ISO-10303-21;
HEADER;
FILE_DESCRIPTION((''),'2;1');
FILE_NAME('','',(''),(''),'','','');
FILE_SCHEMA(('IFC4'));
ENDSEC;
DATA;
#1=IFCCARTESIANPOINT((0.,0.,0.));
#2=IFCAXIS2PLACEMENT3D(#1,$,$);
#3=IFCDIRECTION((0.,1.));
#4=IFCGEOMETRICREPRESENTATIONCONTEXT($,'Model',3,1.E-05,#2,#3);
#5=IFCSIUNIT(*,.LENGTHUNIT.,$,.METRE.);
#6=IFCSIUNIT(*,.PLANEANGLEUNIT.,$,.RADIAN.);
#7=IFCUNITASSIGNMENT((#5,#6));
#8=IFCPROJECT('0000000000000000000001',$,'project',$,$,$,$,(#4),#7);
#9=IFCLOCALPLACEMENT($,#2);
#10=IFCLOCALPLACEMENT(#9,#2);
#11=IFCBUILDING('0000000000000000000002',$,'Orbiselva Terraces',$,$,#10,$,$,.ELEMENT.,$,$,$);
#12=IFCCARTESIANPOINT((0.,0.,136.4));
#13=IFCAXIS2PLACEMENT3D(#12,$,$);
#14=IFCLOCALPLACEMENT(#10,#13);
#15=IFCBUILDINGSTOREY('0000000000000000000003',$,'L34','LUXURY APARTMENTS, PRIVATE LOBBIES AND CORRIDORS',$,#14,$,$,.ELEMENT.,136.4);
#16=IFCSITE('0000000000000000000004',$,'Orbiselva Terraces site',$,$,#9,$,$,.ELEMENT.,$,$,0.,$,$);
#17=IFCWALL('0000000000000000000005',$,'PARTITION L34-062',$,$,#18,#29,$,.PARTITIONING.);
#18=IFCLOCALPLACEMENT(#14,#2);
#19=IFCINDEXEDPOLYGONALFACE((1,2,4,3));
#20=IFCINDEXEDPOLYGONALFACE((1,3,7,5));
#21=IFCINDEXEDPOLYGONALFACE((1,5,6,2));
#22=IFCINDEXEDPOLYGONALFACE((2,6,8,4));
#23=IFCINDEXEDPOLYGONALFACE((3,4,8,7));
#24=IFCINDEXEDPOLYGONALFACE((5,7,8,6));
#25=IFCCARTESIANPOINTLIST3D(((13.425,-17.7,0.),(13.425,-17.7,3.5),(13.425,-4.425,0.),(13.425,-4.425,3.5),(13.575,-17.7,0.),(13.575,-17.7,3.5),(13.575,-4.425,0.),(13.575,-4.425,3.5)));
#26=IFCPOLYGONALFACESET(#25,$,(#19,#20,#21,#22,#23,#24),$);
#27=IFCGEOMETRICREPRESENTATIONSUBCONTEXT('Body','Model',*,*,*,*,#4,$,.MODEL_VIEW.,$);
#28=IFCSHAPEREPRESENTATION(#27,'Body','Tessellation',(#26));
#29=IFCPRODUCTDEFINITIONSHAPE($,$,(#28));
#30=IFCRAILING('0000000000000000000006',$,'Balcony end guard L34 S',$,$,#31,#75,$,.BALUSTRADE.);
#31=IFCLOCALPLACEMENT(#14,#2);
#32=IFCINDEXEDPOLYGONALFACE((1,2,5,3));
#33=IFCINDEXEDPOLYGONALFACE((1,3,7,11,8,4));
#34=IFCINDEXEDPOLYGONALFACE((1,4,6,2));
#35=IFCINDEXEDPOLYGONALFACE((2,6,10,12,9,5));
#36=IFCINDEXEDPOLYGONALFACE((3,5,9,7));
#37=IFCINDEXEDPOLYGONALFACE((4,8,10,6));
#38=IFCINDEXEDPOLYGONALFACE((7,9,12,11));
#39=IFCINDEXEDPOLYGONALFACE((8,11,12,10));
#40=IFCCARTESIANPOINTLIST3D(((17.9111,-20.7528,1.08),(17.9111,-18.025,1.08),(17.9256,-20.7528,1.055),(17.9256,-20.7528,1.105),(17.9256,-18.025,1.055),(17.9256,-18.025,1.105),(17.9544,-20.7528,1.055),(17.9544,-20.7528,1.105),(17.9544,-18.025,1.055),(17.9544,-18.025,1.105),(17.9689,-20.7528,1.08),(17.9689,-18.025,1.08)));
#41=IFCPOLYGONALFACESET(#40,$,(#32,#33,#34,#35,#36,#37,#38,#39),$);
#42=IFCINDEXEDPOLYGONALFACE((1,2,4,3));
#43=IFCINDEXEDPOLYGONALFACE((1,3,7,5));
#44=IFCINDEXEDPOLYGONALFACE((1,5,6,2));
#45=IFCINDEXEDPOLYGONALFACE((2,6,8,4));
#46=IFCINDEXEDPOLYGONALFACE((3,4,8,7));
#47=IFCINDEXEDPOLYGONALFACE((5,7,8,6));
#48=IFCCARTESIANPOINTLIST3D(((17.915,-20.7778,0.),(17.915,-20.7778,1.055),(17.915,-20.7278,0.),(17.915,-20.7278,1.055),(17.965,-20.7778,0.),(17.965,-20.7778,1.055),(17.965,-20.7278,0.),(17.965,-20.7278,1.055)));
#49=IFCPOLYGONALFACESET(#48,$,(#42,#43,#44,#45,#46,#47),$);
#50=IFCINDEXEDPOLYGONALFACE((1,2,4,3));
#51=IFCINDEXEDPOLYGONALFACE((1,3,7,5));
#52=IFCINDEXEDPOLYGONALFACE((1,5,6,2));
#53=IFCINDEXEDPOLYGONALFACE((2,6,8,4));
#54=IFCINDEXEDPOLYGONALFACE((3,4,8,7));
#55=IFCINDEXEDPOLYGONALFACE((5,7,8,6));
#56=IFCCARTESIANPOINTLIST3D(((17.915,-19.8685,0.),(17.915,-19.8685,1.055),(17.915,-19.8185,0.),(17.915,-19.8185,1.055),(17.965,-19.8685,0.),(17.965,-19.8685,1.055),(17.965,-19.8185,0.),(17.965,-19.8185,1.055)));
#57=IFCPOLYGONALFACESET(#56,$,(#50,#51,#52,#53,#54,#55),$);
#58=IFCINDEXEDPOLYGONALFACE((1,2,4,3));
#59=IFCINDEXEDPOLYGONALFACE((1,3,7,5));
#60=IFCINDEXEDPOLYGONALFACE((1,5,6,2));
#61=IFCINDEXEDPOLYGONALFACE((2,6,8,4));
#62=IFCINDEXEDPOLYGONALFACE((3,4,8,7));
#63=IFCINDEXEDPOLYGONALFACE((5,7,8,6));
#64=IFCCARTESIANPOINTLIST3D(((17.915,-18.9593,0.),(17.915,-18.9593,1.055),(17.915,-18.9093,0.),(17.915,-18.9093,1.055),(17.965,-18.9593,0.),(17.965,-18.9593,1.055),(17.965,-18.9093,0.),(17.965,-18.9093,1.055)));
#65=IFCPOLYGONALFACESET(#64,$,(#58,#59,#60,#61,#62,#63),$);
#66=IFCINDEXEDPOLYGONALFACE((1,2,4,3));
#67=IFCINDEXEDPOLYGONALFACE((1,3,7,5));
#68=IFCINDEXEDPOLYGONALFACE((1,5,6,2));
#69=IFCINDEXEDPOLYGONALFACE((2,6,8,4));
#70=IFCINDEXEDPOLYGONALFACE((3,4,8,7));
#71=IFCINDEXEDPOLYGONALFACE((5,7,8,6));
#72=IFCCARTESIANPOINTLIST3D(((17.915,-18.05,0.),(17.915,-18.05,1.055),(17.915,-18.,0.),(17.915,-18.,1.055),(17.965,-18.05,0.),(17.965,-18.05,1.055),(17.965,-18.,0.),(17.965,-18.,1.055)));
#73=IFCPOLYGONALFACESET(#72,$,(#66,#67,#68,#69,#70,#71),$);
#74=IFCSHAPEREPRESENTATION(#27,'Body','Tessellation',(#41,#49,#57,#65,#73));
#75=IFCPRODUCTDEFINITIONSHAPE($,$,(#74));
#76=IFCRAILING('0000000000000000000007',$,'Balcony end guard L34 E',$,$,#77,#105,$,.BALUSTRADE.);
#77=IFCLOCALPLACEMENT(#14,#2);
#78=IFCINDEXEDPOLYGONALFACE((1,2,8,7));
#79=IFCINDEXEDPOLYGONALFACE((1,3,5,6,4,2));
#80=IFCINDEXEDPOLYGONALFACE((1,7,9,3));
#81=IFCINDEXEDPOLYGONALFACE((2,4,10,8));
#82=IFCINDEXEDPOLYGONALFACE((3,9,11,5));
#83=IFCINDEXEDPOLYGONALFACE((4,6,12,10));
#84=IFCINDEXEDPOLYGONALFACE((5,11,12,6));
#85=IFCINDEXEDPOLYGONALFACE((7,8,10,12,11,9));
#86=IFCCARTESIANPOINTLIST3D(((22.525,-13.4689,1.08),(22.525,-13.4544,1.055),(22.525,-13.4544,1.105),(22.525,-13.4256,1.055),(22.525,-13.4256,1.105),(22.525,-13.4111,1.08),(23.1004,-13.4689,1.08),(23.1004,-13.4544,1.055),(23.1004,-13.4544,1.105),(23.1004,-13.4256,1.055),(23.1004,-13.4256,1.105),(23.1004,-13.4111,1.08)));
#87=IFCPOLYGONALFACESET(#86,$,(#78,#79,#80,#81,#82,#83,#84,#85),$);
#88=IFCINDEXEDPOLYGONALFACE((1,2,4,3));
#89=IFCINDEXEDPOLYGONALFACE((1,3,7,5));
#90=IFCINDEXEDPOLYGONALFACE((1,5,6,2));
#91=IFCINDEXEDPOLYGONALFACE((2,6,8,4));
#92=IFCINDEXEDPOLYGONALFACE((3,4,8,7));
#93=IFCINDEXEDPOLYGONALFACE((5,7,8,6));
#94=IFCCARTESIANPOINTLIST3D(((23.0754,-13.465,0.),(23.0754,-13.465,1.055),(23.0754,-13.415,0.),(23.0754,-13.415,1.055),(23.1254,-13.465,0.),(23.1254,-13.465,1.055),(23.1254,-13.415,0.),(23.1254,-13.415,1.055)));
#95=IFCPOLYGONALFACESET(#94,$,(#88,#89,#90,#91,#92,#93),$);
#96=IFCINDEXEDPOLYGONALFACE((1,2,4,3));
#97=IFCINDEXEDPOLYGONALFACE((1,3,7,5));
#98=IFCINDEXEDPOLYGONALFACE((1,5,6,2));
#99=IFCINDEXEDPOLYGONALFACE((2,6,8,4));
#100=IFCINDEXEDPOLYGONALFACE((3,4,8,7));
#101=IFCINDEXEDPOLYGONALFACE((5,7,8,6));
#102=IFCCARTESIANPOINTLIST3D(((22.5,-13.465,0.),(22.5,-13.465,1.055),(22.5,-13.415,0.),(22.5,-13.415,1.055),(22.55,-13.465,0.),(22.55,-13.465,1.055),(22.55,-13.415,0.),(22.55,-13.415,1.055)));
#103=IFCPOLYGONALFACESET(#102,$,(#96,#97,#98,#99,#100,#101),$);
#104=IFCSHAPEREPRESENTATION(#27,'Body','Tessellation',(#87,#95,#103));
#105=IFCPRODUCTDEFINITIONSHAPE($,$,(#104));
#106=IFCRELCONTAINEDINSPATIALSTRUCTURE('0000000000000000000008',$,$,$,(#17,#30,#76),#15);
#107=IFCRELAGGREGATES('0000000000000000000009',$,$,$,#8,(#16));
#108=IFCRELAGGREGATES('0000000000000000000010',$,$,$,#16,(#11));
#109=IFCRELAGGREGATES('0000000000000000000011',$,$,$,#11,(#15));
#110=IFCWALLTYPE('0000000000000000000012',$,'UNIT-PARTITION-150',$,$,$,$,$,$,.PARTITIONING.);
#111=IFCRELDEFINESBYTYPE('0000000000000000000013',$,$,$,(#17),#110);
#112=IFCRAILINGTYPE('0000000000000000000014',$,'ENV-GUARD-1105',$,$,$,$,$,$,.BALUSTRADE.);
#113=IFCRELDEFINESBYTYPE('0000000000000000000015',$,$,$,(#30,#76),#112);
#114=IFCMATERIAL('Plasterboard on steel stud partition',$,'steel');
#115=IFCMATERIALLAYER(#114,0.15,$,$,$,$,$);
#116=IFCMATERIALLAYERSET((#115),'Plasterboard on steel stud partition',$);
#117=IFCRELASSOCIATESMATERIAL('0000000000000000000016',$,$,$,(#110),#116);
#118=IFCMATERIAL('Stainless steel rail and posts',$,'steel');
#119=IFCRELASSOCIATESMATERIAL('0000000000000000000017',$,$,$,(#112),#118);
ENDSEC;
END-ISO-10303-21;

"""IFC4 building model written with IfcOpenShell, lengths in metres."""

from ifc_helpers import new_model, si_unit, direction, frame, frame_2d, origin, origin_2d, place, context, subcontext, project, spatial, polyline, rectangle, outline, extrude, material, layer, layer_set, type_object, element, save


model = new_model("IFC4")

# Units and contexts
model_context = context("Model", 3, precision=1e-05, world=origin(), true_north=direction((0.0, 1.0)))
body_context = subcontext(model_context, "Body", "Model", "MODEL_VIEW")
ifc_project = project(units=[si_unit("LENGTHUNIT", "METRE"), si_unit("PLANEANGLEUNIT", "RADIAN")], contexts=[model_context])

# Site, building, storey
site_placement = place(None, origin())
site = spatial("IfcSite", under=ifc_project, at=site_placement, Name="Orbiselva Terraces site", CompositionType="ELEMENT", RefElevation=0.0)
building_placement = place(site_placement, origin())
building = spatial("IfcBuilding", under=site, at=building_placement, Name="Orbiselva Terraces", CompositionType="ELEMENT")
storey_placement = place(building_placement, frame((0.0, 0.0, 136.4)))
storey = spatial("IfcBuildingStorey", under=building, at=storey_placement, Name="L34", Description="LUXURY APARTMENTS, PRIVATE LOBBIES AND CORRIDORS", CompositionType="ELEMENT", Elevation=136.4)

# Wall
ifc_material_1 = material(Name="Plasterboard on steel stud partition", Category="steel")
ifc_layer_1 = layer(ifc_material_1, 0.15)
ifc_layer_set_1 = layer_set([ifc_layer_1], Name="Plasterboard on steel stud partition")
wall_type_1 = type_object("IfcWallType", Name="UNIT-PARTITION-150", PredefinedType="PARTITIONING", material=ifc_layer_set_1)
wall_1_placement = place(storey_placement, frame((13.5, -17.7, 0.0), z_axis=(0.0, 0.0, 1.0), x_axis=(0.0, 1.0, 0.0)))
element("IfcWall", 1, at=wall_1_placement, inside=storey, type_object=wall_type_1, Name="PARTITION L34-062", PredefinedType="PARTITIONING", context=body_context, shape_type="SweptSolid", body=[
    extrude(rectangle(XDim=13.275, YDim=0.15, at=frame_2d((6.6375, 0.0))), origin(), (0.0, 0.0, 1.0), 3.5),
])

# Railings
ifc_material_2 = material(Name="Stainless steel rail and posts", Category="steel")
railing_type_1 = type_object("IfcRailingType", Name="ENV-GUARD-1105", PredefinedType="BALUSTRADE", material=ifc_material_2)
railing_1_placement = place(storey_placement, frame((17.94, -20.7528, 0.0)))
element("IfcRailing", 2, at=railing_1_placement, inside=storey, type_object=railing_type_1, Name="Balcony end guard L34 S", PredefinedType="BALUSTRADE", context=body_context, shape_type="SweptSolid", body=[
    extrude(outline(polyline([(0.0289, 0.0), (0.0144, 0.025), (-0.0144, 0.025), (-0.0289, 0.0), (-0.0144, -0.025), (0.0144, -0.025), (0.0289, 0.0)])), frame((0.0, 0.0, 1.08), z_axis=(0.0, 1.0, 0.0), x_axis=(-1.0, 0.0, 0.0)), (0.0, 0.0, 1.0), 2.7278),
    extrude(rectangle(XDim=0.05, YDim=0.05, at=origin_2d()), origin(), (0.0, 0.0, 1.0), 1.055),
    extrude(rectangle(XDim=0.05, YDim=0.05, at=origin_2d()), frame((0.0, 0.9093, 0.0)), (0.0, 0.0, 1.0), 1.055),
    extrude(rectangle(XDim=0.05, YDim=0.05, at=origin_2d()), frame((0.0, 1.8185, 0.0)), (0.0, 0.0, 1.0), 1.055),
    extrude(rectangle(XDim=0.05, YDim=0.05, at=origin_2d()), frame((0.0, 2.7278, 0.0)), (0.0, 0.0, 1.0), 1.055),
])
railing_2_placement = place(storey_placement, frame((23.1004, -13.44, 0.0)))
element("IfcRailing", 3, at=railing_2_placement, inside=storey, type_object=railing_type_1, Name="Balcony end guard L34 E", PredefinedType="BALUSTRADE", context=body_context, shape_type="SweptSolid", body=[
    extrude(outline(polyline([(0.0289, 0.0), (0.0144, 0.025), (-0.0144, 0.025), (-0.0289, 0.0), (-0.0144, -0.025), (0.0144, -0.025), (0.0289, 0.0)])), frame((0.0, 0.0, 1.08), z_axis=(-1.0, 0.0, 0.0), x_axis=(0.0, -1.0, 0.0)), (0.0, 0.0, 1.0), 0.5754),
    extrude(rectangle(XDim=0.05, YDim=0.05, at=origin_2d()), origin(), (0.0, 0.0, 1.0), 1.055),
    extrude(rectangle(XDim=0.05, YDim=0.05, at=origin_2d()), frame((-0.5754, 0.0, 0.0)), (0.0, 0.0, 1.0), 1.055),
])

save(model, "model.ifc")
